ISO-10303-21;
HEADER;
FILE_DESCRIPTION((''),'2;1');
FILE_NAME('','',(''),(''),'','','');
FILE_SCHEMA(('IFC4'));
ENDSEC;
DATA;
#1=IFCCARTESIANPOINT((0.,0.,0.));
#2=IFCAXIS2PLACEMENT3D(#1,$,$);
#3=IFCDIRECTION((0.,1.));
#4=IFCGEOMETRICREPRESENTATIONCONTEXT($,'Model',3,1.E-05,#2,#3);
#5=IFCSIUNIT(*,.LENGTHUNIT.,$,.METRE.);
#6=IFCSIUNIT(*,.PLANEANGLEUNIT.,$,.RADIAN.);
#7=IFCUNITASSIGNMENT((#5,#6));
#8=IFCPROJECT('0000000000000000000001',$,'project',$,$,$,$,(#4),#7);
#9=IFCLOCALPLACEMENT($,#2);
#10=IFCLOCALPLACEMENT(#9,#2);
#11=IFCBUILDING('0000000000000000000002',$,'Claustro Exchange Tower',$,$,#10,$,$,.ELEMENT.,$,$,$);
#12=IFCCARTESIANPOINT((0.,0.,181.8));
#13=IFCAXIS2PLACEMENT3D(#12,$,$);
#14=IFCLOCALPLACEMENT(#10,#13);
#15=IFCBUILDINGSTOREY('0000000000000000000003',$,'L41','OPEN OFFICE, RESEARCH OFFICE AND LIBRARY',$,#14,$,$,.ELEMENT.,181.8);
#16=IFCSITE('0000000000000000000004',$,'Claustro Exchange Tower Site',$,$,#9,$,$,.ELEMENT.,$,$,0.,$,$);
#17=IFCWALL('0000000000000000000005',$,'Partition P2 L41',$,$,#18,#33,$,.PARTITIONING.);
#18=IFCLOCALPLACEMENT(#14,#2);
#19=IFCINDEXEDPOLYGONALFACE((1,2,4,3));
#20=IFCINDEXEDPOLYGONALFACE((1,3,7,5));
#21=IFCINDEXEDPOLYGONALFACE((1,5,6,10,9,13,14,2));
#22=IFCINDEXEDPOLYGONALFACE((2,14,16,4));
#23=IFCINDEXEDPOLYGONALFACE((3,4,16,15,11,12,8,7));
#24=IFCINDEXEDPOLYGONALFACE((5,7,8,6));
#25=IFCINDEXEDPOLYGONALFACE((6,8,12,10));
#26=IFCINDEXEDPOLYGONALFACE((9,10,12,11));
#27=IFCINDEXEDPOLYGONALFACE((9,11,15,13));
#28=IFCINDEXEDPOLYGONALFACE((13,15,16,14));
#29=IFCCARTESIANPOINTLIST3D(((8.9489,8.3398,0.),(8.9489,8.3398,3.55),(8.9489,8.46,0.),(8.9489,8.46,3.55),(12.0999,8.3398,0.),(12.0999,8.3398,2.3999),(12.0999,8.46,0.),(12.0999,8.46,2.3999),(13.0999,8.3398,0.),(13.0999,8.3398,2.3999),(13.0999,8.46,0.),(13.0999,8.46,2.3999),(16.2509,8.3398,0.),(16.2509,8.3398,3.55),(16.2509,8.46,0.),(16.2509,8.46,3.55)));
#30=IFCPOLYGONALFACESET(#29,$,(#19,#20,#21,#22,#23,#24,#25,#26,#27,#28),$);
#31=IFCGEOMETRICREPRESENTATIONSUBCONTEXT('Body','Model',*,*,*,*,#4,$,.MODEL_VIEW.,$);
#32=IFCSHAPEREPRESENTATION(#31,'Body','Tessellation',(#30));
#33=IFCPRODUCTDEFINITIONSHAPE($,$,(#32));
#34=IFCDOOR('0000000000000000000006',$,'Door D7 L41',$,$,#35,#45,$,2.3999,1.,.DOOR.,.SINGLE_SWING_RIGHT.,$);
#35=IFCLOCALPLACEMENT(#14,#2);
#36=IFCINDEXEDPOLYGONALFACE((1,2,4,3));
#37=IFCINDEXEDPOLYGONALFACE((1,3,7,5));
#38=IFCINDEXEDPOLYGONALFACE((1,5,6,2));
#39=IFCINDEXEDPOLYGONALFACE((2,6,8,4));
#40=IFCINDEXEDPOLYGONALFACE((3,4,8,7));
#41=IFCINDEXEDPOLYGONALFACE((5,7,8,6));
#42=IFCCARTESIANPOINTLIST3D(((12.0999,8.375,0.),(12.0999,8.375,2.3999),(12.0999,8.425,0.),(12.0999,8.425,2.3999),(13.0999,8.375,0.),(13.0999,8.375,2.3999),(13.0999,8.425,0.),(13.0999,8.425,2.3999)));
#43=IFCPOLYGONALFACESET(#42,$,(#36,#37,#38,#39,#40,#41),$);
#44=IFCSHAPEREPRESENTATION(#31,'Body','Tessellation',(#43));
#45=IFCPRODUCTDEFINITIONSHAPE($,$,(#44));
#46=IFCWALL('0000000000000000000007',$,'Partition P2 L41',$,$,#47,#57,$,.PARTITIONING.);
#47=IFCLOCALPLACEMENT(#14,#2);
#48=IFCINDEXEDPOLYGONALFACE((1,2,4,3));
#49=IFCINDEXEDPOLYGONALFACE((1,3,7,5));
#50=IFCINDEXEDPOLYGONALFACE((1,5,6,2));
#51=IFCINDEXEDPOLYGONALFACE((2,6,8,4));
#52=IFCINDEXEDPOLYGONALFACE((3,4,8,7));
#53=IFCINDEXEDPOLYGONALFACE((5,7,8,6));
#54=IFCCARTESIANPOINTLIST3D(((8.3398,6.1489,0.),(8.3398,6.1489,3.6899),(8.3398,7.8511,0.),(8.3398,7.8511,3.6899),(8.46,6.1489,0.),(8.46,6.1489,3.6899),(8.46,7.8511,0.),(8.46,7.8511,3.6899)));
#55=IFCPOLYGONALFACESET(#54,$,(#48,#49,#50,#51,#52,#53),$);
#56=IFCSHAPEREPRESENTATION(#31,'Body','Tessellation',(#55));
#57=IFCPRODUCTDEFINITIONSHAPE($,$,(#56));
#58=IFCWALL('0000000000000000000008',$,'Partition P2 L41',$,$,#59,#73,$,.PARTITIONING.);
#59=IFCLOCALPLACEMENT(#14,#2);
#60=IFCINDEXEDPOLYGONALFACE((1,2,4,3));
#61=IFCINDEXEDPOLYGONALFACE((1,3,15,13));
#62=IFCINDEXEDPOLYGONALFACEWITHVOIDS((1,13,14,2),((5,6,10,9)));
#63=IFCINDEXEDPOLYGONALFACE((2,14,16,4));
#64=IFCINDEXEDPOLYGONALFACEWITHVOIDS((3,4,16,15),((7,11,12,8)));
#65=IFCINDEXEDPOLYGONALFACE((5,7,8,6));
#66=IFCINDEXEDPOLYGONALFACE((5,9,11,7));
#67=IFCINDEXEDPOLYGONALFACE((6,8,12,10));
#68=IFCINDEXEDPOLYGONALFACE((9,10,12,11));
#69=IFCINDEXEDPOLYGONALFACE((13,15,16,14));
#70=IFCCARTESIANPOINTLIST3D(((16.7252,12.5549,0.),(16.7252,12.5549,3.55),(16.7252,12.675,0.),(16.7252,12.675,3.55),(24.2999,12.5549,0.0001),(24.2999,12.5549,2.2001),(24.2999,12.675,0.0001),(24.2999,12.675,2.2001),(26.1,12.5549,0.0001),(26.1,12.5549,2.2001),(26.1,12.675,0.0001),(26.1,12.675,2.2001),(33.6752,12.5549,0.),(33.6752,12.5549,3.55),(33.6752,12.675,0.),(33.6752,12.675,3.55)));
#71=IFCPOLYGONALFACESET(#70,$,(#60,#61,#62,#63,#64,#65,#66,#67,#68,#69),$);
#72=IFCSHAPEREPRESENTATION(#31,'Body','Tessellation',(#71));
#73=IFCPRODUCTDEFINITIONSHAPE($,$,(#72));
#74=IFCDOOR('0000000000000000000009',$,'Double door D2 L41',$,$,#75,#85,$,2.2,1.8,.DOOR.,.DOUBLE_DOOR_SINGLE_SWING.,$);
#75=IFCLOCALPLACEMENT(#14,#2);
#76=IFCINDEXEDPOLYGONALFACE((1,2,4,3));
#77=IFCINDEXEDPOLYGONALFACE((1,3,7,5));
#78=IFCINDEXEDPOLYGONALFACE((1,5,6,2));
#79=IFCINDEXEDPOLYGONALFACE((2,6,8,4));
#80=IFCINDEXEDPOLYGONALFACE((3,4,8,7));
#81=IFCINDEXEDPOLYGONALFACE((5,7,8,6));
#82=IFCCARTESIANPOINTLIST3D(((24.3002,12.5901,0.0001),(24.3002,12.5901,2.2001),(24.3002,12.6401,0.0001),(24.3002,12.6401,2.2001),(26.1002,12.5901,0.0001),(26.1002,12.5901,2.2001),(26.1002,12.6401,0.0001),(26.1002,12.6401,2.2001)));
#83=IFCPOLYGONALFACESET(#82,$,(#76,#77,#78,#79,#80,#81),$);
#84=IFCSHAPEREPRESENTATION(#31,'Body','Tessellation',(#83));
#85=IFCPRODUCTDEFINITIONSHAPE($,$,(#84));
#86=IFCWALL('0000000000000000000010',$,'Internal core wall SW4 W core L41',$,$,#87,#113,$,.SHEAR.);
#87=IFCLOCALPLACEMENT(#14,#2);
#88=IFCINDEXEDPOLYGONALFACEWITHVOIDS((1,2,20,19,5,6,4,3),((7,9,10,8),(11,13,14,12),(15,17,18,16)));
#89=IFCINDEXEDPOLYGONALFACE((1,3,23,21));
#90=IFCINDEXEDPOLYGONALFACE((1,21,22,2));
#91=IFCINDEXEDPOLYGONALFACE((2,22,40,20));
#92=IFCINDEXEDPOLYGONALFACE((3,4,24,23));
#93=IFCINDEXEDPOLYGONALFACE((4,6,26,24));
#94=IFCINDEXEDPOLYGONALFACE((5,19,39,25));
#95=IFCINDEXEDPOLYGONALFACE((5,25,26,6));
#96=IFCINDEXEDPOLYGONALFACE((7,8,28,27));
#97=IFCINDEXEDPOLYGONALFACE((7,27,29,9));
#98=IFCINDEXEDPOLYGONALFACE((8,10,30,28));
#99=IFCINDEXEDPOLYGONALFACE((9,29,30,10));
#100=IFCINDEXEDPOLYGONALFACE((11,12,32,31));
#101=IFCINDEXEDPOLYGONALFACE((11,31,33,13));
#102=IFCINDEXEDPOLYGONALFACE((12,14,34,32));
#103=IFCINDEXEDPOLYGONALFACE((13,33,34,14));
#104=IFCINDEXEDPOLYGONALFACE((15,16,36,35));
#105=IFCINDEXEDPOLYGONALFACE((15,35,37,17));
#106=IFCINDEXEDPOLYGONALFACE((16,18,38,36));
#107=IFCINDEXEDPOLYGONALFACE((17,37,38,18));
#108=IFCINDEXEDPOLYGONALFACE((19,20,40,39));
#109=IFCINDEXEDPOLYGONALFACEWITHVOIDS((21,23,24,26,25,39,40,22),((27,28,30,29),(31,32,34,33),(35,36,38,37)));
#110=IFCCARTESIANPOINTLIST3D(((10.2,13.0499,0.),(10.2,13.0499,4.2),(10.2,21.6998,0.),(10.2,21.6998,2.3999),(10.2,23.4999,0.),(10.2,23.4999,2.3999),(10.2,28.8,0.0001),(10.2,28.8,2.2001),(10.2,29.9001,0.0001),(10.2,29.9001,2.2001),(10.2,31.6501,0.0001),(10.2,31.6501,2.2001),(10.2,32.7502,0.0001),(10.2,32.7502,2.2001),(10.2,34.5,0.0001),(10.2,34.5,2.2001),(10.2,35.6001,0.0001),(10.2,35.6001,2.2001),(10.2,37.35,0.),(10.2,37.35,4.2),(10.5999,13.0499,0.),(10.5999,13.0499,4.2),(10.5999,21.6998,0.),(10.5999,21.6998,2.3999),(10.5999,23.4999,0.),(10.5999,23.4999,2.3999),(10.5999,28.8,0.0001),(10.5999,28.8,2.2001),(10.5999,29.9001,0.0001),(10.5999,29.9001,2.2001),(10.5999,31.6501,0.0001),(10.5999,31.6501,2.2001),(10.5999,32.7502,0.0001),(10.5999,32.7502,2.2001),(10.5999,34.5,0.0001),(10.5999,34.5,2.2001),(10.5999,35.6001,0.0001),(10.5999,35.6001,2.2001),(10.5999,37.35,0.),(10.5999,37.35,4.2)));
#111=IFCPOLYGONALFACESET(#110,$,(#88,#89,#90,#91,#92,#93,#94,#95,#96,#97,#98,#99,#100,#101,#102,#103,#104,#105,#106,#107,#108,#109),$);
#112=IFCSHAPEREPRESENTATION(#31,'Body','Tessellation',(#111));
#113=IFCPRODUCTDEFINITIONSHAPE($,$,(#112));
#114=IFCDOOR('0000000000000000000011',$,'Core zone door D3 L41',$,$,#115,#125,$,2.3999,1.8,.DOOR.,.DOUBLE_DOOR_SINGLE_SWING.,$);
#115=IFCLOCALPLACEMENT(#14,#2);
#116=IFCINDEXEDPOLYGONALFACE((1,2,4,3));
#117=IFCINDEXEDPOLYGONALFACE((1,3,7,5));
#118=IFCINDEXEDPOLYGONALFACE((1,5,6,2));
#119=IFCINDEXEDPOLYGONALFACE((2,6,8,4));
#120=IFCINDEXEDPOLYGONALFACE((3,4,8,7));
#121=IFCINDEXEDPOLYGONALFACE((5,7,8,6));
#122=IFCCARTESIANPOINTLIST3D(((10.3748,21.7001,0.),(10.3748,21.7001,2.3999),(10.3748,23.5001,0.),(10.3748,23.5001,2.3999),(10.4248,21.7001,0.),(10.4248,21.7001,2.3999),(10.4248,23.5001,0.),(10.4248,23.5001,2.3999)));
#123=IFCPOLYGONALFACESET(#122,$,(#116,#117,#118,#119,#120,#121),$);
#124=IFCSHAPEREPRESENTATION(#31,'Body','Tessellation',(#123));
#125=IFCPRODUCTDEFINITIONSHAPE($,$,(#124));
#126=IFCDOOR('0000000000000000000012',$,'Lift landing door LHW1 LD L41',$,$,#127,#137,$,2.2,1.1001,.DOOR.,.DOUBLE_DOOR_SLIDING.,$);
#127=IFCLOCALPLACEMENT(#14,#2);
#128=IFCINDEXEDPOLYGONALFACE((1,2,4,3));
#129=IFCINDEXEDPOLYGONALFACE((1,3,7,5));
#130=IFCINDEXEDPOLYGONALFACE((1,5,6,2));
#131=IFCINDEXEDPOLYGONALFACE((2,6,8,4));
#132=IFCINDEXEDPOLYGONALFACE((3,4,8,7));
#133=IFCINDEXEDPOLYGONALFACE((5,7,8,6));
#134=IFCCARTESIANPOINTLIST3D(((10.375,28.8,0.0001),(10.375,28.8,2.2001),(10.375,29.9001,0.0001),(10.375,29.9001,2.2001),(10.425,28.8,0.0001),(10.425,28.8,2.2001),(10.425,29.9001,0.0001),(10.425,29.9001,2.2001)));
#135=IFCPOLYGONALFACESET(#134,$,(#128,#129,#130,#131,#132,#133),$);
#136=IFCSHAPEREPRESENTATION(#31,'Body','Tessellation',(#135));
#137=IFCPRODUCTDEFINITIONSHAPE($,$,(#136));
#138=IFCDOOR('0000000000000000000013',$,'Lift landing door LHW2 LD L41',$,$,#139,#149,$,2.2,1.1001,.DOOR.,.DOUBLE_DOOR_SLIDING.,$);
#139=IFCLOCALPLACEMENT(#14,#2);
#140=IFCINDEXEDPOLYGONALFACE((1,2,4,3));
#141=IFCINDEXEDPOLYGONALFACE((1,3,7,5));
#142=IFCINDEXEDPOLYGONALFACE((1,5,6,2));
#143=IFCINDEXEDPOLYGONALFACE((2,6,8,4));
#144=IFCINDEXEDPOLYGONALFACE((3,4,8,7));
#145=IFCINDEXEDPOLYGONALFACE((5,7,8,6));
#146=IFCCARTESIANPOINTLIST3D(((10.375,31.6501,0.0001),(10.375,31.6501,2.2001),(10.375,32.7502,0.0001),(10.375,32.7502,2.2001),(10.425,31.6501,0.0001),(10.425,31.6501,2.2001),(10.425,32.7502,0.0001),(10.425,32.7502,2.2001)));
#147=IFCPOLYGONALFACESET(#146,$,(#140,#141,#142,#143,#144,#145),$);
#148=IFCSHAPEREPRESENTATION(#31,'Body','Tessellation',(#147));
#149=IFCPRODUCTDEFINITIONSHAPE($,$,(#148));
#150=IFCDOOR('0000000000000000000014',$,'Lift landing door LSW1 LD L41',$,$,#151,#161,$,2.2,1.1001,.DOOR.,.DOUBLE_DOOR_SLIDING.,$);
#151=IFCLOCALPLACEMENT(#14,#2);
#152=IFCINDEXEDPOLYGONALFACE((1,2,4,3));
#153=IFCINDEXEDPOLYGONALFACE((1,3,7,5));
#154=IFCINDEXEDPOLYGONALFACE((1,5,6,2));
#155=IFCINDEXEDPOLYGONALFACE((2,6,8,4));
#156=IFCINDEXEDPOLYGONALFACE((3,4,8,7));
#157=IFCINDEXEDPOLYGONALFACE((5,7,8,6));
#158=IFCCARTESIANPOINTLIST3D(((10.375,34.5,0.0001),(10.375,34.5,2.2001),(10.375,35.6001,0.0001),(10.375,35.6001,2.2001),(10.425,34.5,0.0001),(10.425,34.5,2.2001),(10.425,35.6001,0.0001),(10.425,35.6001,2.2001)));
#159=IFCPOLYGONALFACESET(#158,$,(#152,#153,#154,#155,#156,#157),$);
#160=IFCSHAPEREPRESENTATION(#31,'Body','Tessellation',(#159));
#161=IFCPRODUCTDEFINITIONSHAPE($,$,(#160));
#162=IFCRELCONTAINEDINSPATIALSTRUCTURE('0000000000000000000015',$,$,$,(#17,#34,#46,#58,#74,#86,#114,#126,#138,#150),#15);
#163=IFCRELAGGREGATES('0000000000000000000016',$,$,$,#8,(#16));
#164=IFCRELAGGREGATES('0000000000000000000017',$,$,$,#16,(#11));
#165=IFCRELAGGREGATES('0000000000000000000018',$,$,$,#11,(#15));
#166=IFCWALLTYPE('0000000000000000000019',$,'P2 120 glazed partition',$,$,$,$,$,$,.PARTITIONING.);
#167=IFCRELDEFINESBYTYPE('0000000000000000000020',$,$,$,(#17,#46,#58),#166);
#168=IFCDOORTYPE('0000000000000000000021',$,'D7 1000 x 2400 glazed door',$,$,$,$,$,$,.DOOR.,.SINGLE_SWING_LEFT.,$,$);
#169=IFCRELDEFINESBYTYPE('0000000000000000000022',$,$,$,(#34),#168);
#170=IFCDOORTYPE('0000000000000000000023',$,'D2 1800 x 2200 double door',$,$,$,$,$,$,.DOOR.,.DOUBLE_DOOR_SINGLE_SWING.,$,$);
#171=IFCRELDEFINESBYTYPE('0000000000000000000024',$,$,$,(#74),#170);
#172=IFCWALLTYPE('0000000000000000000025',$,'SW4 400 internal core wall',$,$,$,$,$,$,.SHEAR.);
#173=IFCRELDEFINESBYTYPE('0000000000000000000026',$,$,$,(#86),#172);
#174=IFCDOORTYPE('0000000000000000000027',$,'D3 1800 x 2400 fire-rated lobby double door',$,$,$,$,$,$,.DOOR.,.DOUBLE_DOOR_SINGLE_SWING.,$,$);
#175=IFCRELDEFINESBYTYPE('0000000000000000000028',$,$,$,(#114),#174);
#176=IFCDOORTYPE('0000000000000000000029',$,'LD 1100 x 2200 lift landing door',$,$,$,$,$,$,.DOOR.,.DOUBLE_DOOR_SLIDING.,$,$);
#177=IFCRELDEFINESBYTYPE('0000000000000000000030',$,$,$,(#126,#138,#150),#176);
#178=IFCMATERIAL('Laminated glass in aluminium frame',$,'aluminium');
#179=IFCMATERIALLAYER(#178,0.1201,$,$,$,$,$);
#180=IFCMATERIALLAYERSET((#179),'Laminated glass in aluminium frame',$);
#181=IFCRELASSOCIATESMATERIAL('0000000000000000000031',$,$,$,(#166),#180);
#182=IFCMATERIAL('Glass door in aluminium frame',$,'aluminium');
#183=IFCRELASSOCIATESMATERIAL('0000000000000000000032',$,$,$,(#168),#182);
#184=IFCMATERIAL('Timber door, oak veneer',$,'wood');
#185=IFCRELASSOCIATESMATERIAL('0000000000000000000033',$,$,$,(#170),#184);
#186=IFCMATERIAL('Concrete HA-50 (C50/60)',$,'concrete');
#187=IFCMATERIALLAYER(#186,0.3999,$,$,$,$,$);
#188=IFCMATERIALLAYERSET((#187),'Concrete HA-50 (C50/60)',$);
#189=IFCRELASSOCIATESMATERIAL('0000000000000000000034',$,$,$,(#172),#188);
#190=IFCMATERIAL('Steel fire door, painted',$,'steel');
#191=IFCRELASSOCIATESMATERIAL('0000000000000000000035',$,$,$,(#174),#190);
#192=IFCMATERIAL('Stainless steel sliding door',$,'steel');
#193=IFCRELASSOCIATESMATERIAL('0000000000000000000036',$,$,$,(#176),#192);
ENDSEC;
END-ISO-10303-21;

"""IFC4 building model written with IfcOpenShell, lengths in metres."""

from ifc_helpers import new_model, si_unit, direction, frame, frame_2d, origin, place, context, subcontext, project, spatial, rectangle, extrude, material, layer, layer_set, type_object, element, fill, save


model = new_model("IFC4")

# Units and contexts
model_context = context("Model", 3, precision=1e-05, world=origin(), true_north=direction((0.0, 1.0)))
body_context = subcontext(model_context, "Body", "Model", "MODEL_VIEW")
ifc_project = project(units=[si_unit("LENGTHUNIT", "METRE"), si_unit("PLANEANGLEUNIT", "RADIAN")], contexts=[model_context])

# Site, building, storey
site_placement = place(None, origin())
site = spatial("IfcSite", under=ifc_project, at=site_placement, Name="Claustro Exchange Tower Site", CompositionType="ELEMENT", RefElevation=0.0)
building_placement = place(site_placement, origin())
building = spatial("IfcBuilding", under=site, at=building_placement, Name="Claustro Exchange Tower", CompositionType="ELEMENT")
storey_placement = place(building_placement, frame((0.0, 0.0, 181.8)))
storey = spatial("IfcBuildingStorey", under=building, at=storey_placement, Name="L41", Description="OPEN OFFICE, RESEARCH OFFICE AND LIBRARY", CompositionType="ELEMENT", Elevation=181.8)

# Wall, opening, door
ifc_material_1 = material(Name="Laminated glass in aluminium frame", Category="aluminium")
ifc_layer_1 = layer(ifc_material_1, 0.1201)
ifc_layer_set_1 = layer_set([ifc_layer_1], Name="Laminated glass in aluminium frame")
wall_type_1 = type_object("IfcWallType", Name="P2 120 glazed partition", PredefinedType="PARTITIONING", material=ifc_layer_set_1)
wall_1_placement = place(storey_placement, frame((8.949, 8.3999, 0.0), z_axis=(0.0, 0.0, 1.0), x_axis=(1.0, 0.0, 0.0)))
wall_1 = element("IfcWall", 1, at=wall_1_placement, inside=storey, type_object=wall_type_1, Name="Partition P2 L41", PredefinedType="PARTITIONING", context=body_context, shape_type="SweptSolid", body=[
    extrude(rectangle(XDim=7.302, YDim=0.1201, at=frame_2d((3.6509, 0.0))), origin(), (0.0, 0.0, 1.0), 3.55),
])
opening_1_placement = place(wall_1_placement, frame((3.1509, 0.0, 0.0)))
opening_1 = element("IfcOpeningElement", 2, at=opening_1_placement, cuts=wall_1, PredefinedType="OPENING", context=body_context, shape_type="SweptSolid", body=[
    extrude(rectangle(XDim=1.0, YDim=2.3999, at=frame_2d((0.5, 1.2))), frame((0.0, 0.0701, 0.0), z_axis=(0.0, -1.0, 0.0), x_axis=(1.0, 0.0, 0.0)), (0.0, 0.0, 1.0), 0.1401),
])
ifc_material_2 = material(Name="Glass door in aluminium frame", Category="aluminium")
door_type_1 = type_object("IfcDoorType", Name="D7 1000 x 2400 glazed door", OperationType="SINGLE_SWING_LEFT", PredefinedType="DOOR", material=ifc_material_2)
door_1_placement = place(opening_1_placement, frame((1.0, 0.0, 0.0), z_axis=(0.0, 0.0, 1.0), x_axis=(-1.0, 0.0, 0.0)))
door_1 = element("IfcDoor", 3, at=door_1_placement, inside=storey, type_object=door_type_1, Name="Door D7 L41", OperationType="SINGLE_SWING_RIGHT", OverallHeight=2.3999, OverallWidth=1.0, PredefinedType="DOOR", context=body_context, shape_type="SweptSolid", body=[
    extrude(rectangle(XDim=1.0, YDim=2.3999, at=frame_2d((0.5, 1.2))), frame((0.0, 0.0249, 0.0), z_axis=(0.0, -1.0, 0.0), x_axis=(1.0, 0.0, 0.0)), (0.0, 0.0, 1.0), 0.05),
])
fill(opening_1, door_1)

# Wall
wall_2_placement = place(storey_placement, frame((8.3999, 6.1489, 0.0), z_axis=(0.0, 0.0, 1.0), x_axis=(0.0, 1.0, 0.0)))
element("IfcWall", 4, at=wall_2_placement, inside=storey, type_object=wall_type_1, Name="Partition P2 L41", PredefinedType="PARTITIONING", context=body_context, shape_type="SweptSolid", body=[
    extrude(rectangle(XDim=1.7021, YDim=0.1201, at=frame_2d((0.8511, 0.0))), origin(), (0.0, 0.0, 1.0), 3.6899),
])

# Wall, opening, door
wall_3_placement = place(storey_placement, frame((16.7251, 12.615, 0.0), z_axis=(0.0, 0.0, 1.0), x_axis=(1.0, 0.0, 0.0)))
wall_3 = element("IfcWall", 5, at=wall_3_placement, inside=storey, type_object=wall_type_1, Name="Partition P2 L41", PredefinedType="PARTITIONING", context=body_context, shape_type="SweptSolid", body=[
    extrude(rectangle(XDim=16.95, YDim=0.1201, at=frame_2d((8.4751, 0.0))), origin(), (0.0, 0.0, 1.0), 3.55),
])
opening_2_placement = place(wall_3_placement, frame((7.575, 0.0, 0.0)))
opening_2 = element("IfcOpeningElement", 6, at=opening_2_placement, cuts=wall_3, PredefinedType="OPENING", context=body_context, shape_type="SweptSolid", body=[
    extrude(rectangle(XDim=1.8, YDim=2.2, at=frame_2d((0.8999, 1.1001))), frame((0.0, 0.0701, 0.0), z_axis=(0.0, -1.0, 0.0), x_axis=(1.0, 0.0, 0.0)), (0.0, 0.0, 1.0), 0.1401),
])
ifc_material_3 = material(Name="Timber door, oak veneer", Category="wood")
door_type_2 = type_object("IfcDoorType", Name="D2 1800 x 2200 double door", OperationType="DOUBLE_DOOR_SINGLE_SWING", PredefinedType="DOOR", material=ifc_material_3)
door_2_placement = place(opening_2_placement, frame((1.8, 0.0, 0.0), z_axis=(0.0, 0.0, 1.0), x_axis=(-1.0, 0.0, 0.0)))
door_2 = element("IfcDoor", 7, at=door_2_placement, inside=storey, type_object=door_type_2, Name="Double door D2 L41", OperationType="DOUBLE_DOOR_SINGLE_SWING", OverallHeight=2.2, OverallWidth=1.8, PredefinedType="DOOR", context=body_context, shape_type="SweptSolid", body=[
    extrude(rectangle(XDim=1.8, YDim=2.2, at=frame_2d((0.8999, 1.1001))), frame((0.0, 0.0249, 0.0), z_axis=(0.0, -1.0, 0.0), x_axis=(1.0, 0.0, 0.0)), (0.0, 0.0, 1.0), 0.05),
])
fill(opening_2, door_2)

# Wall, openings, doors
ifc_material_4 = material(Name="Concrete HA-50 (C50/60)", Category="concrete")
ifc_layer_2 = layer(ifc_material_4, 0.3999)
ifc_layer_set_2 = layer_set([ifc_layer_2], Name="Concrete HA-50 (C50/60)")
wall_type_2 = type_object("IfcWallType", Name="SW4 400 internal core wall", PredefinedType="SHEAR", material=ifc_layer_set_2)
wall_4_placement = place(storey_placement, frame((10.3999, 13.05, 0.0), z_axis=(0.0, 0.0, 1.0), x_axis=(0.0, 1.0, 0.0)))
wall_4 = element("IfcWall", 8, at=wall_4_placement, inside=storey, type_object=wall_type_2, Name="Internal core wall SW4 W core L41", PredefinedType="SHEAR", context=body_context, shape_type="SweptSolid", body=[
    extrude(rectangle(XDim=24.3, YDim=0.3999, at=frame_2d((12.1499, 0.0))), origin(), (0.0, 0.0, 1.0), 4.2),
])
opening_3_placement = place(wall_4_placement, frame((15.75, 0.0, 0.0)))
opening_3 = element("IfcOpeningElement", 9, at=opening_3_placement, cuts=wall_4, PredefinedType="OPENING", context=body_context, shape_type="SweptSolid", body=[
    extrude(rectangle(XDim=1.1001, YDim=2.2, at=frame_2d((0.55, 1.1001))), frame((0.0, 0.21, 0.0), z_axis=(0.0, -1.0, 0.0), x_axis=(1.0, 0.0, 0.0)), (0.0, 0.0, 1.0), 0.4199),
])
opening_4_placement = place(wall_4_placement, frame((18.6001, 0.0, 0.0)))
opening_4 = element("IfcOpeningElement", 10, at=opening_4_placement, cuts=wall_4, PredefinedType="OPENING", context=body_context, shape_type="SweptSolid", body=[
    extrude(rectangle(XDim=1.1001, YDim=2.2, at=frame_2d((0.55, 1.1001))), frame((0.0, 0.21, 0.0), z_axis=(0.0, -1.0, 0.0), x_axis=(1.0, 0.0, 0.0)), (0.0, 0.0, 1.0), 0.4199),
])
opening_5_placement = place(wall_4_placement, frame((21.45, 0.0, 0.0)))
opening_5 = element("IfcOpeningElement", 11, at=opening_5_placement, cuts=wall_4, PredefinedType="OPENING", context=body_context, shape_type="SweptSolid", body=[
    extrude(rectangle(XDim=1.1001, YDim=2.2, at=frame_2d((0.55, 1.1001))), frame((0.0, 0.21, 0.0), z_axis=(0.0, -1.0, 0.0), x_axis=(1.0, 0.0, 0.0)), (0.0, 0.0, 1.0), 0.4199),
])
opening_6_placement = place(wall_4_placement, frame((8.6499, 0.0, 0.0)))
opening_6 = element("IfcOpeningElement", 12, at=opening_6_placement, cuts=wall_4, PredefinedType="OPENING", context=body_context, shape_type="SweptSolid", body=[
    extrude(rectangle(XDim=1.8, YDim=2.3999, at=frame_2d((0.8999, 1.2))), frame((0.0, 0.21, 0.0), z_axis=(0.0, -1.0, 0.0), x_axis=(1.0, 0.0, 0.0)), (0.0, 0.0, 1.0), 0.4199),
])
ifc_material_5 = material(Name="Steel fire door, painted", Category="steel")
door_type_3 = type_object("IfcDoorType", Name="D3 1800 x 2400 fire-rated lobby double door", OperationType="DOUBLE_DOOR_SINGLE_SWING", PredefinedType="DOOR", material=ifc_material_5)
door_3_placement = place(opening_6_placement, frame((1.8, 0.0, 0.0), z_axis=(0.0, 0.0, 1.0), x_axis=(-1.0, 0.0, 0.0)))
door_3 = element("IfcDoor", 13, at=door_3_placement, inside=storey, type_object=door_type_3, Name="Core zone door D3 L41", OperationType="DOUBLE_DOOR_SINGLE_SWING", OverallHeight=2.3999, OverallWidth=1.8, PredefinedType="DOOR", context=body_context, shape_type="SweptSolid", body=[
    extrude(rectangle(XDim=1.8, YDim=2.3999, at=frame_2d((0.8999, 1.2))), frame((0.0, 0.0249, 0.0), z_axis=(0.0, -1.0, 0.0), x_axis=(1.0, 0.0, 0.0)), (0.0, 0.0, 1.0), 0.05),
])
fill(opening_6, door_3)
ifc_material_6 = material(Name="Stainless steel sliding door", Category="steel")
door_type_4 = type_object("IfcDoorType", Name="LD 1100 x 2200 lift landing door", OperationType="DOUBLE_DOOR_SLIDING", PredefinedType="DOOR", material=ifc_material_6)
door_4_placement = place(opening_3_placement, origin())
door_4 = element("IfcDoor", 14, at=door_4_placement, inside=storey, type_object=door_type_4, Name="Lift landing door LHW1 LD L41", OperationType="DOUBLE_DOOR_SLIDING", OverallHeight=2.2, OverallWidth=1.1001, PredefinedType="DOOR", context=body_context, shape_type="SweptSolid", body=[
    extrude(rectangle(XDim=1.1001, YDim=2.2, at=frame_2d((0.55, 1.1001))), frame((0.0, 0.0249, 0.0), z_axis=(0.0, -1.0, 0.0), x_axis=(1.0, 0.0, 0.0)), (0.0, 0.0, 1.0), 0.05),
])
fill(opening_3, door_4)
door_5_placement = place(opening_4_placement, origin())
door_5 = element("IfcDoor", 15, at=door_5_placement, inside=storey, type_object=door_type_4, Name="Lift landing door LHW2 LD L41", OperationType="DOUBLE_DOOR_SLIDING", OverallHeight=2.2, OverallWidth=1.1001, PredefinedType="DOOR", context=body_context, shape_type="SweptSolid", body=[
    extrude(rectangle(XDim=1.1001, YDim=2.2, at=frame_2d((0.55, 1.1001))), frame((0.0, 0.0249, 0.0), z_axis=(0.0, -1.0, 0.0), x_axis=(1.0, 0.0, 0.0)), (0.0, 0.0, 1.0), 0.05),
])
fill(opening_4, door_5)
door_6_placement = place(opening_5_placement, origin())
door_6 = element("IfcDoor", 16, at=door_6_placement, inside=storey, type_object=door_type_4, Name="Lift landing door LSW1 LD L41", OperationType="DOUBLE_DOOR_SLIDING", OverallHeight=2.2, OverallWidth=1.1001, PredefinedType="DOOR", context=body_context, shape_type="SweptSolid", body=[
    extrude(rectangle(XDim=1.1001, YDim=2.2, at=frame_2d((0.55, 1.1001))), frame((0.0, 0.0249, 0.0), z_axis=(0.0, -1.0, 0.0), x_axis=(1.0, 0.0, 0.0)), (0.0, 0.0, 1.0), 0.05),
])
fill(opening_5, door_6)

save(model, "model.ifc")
